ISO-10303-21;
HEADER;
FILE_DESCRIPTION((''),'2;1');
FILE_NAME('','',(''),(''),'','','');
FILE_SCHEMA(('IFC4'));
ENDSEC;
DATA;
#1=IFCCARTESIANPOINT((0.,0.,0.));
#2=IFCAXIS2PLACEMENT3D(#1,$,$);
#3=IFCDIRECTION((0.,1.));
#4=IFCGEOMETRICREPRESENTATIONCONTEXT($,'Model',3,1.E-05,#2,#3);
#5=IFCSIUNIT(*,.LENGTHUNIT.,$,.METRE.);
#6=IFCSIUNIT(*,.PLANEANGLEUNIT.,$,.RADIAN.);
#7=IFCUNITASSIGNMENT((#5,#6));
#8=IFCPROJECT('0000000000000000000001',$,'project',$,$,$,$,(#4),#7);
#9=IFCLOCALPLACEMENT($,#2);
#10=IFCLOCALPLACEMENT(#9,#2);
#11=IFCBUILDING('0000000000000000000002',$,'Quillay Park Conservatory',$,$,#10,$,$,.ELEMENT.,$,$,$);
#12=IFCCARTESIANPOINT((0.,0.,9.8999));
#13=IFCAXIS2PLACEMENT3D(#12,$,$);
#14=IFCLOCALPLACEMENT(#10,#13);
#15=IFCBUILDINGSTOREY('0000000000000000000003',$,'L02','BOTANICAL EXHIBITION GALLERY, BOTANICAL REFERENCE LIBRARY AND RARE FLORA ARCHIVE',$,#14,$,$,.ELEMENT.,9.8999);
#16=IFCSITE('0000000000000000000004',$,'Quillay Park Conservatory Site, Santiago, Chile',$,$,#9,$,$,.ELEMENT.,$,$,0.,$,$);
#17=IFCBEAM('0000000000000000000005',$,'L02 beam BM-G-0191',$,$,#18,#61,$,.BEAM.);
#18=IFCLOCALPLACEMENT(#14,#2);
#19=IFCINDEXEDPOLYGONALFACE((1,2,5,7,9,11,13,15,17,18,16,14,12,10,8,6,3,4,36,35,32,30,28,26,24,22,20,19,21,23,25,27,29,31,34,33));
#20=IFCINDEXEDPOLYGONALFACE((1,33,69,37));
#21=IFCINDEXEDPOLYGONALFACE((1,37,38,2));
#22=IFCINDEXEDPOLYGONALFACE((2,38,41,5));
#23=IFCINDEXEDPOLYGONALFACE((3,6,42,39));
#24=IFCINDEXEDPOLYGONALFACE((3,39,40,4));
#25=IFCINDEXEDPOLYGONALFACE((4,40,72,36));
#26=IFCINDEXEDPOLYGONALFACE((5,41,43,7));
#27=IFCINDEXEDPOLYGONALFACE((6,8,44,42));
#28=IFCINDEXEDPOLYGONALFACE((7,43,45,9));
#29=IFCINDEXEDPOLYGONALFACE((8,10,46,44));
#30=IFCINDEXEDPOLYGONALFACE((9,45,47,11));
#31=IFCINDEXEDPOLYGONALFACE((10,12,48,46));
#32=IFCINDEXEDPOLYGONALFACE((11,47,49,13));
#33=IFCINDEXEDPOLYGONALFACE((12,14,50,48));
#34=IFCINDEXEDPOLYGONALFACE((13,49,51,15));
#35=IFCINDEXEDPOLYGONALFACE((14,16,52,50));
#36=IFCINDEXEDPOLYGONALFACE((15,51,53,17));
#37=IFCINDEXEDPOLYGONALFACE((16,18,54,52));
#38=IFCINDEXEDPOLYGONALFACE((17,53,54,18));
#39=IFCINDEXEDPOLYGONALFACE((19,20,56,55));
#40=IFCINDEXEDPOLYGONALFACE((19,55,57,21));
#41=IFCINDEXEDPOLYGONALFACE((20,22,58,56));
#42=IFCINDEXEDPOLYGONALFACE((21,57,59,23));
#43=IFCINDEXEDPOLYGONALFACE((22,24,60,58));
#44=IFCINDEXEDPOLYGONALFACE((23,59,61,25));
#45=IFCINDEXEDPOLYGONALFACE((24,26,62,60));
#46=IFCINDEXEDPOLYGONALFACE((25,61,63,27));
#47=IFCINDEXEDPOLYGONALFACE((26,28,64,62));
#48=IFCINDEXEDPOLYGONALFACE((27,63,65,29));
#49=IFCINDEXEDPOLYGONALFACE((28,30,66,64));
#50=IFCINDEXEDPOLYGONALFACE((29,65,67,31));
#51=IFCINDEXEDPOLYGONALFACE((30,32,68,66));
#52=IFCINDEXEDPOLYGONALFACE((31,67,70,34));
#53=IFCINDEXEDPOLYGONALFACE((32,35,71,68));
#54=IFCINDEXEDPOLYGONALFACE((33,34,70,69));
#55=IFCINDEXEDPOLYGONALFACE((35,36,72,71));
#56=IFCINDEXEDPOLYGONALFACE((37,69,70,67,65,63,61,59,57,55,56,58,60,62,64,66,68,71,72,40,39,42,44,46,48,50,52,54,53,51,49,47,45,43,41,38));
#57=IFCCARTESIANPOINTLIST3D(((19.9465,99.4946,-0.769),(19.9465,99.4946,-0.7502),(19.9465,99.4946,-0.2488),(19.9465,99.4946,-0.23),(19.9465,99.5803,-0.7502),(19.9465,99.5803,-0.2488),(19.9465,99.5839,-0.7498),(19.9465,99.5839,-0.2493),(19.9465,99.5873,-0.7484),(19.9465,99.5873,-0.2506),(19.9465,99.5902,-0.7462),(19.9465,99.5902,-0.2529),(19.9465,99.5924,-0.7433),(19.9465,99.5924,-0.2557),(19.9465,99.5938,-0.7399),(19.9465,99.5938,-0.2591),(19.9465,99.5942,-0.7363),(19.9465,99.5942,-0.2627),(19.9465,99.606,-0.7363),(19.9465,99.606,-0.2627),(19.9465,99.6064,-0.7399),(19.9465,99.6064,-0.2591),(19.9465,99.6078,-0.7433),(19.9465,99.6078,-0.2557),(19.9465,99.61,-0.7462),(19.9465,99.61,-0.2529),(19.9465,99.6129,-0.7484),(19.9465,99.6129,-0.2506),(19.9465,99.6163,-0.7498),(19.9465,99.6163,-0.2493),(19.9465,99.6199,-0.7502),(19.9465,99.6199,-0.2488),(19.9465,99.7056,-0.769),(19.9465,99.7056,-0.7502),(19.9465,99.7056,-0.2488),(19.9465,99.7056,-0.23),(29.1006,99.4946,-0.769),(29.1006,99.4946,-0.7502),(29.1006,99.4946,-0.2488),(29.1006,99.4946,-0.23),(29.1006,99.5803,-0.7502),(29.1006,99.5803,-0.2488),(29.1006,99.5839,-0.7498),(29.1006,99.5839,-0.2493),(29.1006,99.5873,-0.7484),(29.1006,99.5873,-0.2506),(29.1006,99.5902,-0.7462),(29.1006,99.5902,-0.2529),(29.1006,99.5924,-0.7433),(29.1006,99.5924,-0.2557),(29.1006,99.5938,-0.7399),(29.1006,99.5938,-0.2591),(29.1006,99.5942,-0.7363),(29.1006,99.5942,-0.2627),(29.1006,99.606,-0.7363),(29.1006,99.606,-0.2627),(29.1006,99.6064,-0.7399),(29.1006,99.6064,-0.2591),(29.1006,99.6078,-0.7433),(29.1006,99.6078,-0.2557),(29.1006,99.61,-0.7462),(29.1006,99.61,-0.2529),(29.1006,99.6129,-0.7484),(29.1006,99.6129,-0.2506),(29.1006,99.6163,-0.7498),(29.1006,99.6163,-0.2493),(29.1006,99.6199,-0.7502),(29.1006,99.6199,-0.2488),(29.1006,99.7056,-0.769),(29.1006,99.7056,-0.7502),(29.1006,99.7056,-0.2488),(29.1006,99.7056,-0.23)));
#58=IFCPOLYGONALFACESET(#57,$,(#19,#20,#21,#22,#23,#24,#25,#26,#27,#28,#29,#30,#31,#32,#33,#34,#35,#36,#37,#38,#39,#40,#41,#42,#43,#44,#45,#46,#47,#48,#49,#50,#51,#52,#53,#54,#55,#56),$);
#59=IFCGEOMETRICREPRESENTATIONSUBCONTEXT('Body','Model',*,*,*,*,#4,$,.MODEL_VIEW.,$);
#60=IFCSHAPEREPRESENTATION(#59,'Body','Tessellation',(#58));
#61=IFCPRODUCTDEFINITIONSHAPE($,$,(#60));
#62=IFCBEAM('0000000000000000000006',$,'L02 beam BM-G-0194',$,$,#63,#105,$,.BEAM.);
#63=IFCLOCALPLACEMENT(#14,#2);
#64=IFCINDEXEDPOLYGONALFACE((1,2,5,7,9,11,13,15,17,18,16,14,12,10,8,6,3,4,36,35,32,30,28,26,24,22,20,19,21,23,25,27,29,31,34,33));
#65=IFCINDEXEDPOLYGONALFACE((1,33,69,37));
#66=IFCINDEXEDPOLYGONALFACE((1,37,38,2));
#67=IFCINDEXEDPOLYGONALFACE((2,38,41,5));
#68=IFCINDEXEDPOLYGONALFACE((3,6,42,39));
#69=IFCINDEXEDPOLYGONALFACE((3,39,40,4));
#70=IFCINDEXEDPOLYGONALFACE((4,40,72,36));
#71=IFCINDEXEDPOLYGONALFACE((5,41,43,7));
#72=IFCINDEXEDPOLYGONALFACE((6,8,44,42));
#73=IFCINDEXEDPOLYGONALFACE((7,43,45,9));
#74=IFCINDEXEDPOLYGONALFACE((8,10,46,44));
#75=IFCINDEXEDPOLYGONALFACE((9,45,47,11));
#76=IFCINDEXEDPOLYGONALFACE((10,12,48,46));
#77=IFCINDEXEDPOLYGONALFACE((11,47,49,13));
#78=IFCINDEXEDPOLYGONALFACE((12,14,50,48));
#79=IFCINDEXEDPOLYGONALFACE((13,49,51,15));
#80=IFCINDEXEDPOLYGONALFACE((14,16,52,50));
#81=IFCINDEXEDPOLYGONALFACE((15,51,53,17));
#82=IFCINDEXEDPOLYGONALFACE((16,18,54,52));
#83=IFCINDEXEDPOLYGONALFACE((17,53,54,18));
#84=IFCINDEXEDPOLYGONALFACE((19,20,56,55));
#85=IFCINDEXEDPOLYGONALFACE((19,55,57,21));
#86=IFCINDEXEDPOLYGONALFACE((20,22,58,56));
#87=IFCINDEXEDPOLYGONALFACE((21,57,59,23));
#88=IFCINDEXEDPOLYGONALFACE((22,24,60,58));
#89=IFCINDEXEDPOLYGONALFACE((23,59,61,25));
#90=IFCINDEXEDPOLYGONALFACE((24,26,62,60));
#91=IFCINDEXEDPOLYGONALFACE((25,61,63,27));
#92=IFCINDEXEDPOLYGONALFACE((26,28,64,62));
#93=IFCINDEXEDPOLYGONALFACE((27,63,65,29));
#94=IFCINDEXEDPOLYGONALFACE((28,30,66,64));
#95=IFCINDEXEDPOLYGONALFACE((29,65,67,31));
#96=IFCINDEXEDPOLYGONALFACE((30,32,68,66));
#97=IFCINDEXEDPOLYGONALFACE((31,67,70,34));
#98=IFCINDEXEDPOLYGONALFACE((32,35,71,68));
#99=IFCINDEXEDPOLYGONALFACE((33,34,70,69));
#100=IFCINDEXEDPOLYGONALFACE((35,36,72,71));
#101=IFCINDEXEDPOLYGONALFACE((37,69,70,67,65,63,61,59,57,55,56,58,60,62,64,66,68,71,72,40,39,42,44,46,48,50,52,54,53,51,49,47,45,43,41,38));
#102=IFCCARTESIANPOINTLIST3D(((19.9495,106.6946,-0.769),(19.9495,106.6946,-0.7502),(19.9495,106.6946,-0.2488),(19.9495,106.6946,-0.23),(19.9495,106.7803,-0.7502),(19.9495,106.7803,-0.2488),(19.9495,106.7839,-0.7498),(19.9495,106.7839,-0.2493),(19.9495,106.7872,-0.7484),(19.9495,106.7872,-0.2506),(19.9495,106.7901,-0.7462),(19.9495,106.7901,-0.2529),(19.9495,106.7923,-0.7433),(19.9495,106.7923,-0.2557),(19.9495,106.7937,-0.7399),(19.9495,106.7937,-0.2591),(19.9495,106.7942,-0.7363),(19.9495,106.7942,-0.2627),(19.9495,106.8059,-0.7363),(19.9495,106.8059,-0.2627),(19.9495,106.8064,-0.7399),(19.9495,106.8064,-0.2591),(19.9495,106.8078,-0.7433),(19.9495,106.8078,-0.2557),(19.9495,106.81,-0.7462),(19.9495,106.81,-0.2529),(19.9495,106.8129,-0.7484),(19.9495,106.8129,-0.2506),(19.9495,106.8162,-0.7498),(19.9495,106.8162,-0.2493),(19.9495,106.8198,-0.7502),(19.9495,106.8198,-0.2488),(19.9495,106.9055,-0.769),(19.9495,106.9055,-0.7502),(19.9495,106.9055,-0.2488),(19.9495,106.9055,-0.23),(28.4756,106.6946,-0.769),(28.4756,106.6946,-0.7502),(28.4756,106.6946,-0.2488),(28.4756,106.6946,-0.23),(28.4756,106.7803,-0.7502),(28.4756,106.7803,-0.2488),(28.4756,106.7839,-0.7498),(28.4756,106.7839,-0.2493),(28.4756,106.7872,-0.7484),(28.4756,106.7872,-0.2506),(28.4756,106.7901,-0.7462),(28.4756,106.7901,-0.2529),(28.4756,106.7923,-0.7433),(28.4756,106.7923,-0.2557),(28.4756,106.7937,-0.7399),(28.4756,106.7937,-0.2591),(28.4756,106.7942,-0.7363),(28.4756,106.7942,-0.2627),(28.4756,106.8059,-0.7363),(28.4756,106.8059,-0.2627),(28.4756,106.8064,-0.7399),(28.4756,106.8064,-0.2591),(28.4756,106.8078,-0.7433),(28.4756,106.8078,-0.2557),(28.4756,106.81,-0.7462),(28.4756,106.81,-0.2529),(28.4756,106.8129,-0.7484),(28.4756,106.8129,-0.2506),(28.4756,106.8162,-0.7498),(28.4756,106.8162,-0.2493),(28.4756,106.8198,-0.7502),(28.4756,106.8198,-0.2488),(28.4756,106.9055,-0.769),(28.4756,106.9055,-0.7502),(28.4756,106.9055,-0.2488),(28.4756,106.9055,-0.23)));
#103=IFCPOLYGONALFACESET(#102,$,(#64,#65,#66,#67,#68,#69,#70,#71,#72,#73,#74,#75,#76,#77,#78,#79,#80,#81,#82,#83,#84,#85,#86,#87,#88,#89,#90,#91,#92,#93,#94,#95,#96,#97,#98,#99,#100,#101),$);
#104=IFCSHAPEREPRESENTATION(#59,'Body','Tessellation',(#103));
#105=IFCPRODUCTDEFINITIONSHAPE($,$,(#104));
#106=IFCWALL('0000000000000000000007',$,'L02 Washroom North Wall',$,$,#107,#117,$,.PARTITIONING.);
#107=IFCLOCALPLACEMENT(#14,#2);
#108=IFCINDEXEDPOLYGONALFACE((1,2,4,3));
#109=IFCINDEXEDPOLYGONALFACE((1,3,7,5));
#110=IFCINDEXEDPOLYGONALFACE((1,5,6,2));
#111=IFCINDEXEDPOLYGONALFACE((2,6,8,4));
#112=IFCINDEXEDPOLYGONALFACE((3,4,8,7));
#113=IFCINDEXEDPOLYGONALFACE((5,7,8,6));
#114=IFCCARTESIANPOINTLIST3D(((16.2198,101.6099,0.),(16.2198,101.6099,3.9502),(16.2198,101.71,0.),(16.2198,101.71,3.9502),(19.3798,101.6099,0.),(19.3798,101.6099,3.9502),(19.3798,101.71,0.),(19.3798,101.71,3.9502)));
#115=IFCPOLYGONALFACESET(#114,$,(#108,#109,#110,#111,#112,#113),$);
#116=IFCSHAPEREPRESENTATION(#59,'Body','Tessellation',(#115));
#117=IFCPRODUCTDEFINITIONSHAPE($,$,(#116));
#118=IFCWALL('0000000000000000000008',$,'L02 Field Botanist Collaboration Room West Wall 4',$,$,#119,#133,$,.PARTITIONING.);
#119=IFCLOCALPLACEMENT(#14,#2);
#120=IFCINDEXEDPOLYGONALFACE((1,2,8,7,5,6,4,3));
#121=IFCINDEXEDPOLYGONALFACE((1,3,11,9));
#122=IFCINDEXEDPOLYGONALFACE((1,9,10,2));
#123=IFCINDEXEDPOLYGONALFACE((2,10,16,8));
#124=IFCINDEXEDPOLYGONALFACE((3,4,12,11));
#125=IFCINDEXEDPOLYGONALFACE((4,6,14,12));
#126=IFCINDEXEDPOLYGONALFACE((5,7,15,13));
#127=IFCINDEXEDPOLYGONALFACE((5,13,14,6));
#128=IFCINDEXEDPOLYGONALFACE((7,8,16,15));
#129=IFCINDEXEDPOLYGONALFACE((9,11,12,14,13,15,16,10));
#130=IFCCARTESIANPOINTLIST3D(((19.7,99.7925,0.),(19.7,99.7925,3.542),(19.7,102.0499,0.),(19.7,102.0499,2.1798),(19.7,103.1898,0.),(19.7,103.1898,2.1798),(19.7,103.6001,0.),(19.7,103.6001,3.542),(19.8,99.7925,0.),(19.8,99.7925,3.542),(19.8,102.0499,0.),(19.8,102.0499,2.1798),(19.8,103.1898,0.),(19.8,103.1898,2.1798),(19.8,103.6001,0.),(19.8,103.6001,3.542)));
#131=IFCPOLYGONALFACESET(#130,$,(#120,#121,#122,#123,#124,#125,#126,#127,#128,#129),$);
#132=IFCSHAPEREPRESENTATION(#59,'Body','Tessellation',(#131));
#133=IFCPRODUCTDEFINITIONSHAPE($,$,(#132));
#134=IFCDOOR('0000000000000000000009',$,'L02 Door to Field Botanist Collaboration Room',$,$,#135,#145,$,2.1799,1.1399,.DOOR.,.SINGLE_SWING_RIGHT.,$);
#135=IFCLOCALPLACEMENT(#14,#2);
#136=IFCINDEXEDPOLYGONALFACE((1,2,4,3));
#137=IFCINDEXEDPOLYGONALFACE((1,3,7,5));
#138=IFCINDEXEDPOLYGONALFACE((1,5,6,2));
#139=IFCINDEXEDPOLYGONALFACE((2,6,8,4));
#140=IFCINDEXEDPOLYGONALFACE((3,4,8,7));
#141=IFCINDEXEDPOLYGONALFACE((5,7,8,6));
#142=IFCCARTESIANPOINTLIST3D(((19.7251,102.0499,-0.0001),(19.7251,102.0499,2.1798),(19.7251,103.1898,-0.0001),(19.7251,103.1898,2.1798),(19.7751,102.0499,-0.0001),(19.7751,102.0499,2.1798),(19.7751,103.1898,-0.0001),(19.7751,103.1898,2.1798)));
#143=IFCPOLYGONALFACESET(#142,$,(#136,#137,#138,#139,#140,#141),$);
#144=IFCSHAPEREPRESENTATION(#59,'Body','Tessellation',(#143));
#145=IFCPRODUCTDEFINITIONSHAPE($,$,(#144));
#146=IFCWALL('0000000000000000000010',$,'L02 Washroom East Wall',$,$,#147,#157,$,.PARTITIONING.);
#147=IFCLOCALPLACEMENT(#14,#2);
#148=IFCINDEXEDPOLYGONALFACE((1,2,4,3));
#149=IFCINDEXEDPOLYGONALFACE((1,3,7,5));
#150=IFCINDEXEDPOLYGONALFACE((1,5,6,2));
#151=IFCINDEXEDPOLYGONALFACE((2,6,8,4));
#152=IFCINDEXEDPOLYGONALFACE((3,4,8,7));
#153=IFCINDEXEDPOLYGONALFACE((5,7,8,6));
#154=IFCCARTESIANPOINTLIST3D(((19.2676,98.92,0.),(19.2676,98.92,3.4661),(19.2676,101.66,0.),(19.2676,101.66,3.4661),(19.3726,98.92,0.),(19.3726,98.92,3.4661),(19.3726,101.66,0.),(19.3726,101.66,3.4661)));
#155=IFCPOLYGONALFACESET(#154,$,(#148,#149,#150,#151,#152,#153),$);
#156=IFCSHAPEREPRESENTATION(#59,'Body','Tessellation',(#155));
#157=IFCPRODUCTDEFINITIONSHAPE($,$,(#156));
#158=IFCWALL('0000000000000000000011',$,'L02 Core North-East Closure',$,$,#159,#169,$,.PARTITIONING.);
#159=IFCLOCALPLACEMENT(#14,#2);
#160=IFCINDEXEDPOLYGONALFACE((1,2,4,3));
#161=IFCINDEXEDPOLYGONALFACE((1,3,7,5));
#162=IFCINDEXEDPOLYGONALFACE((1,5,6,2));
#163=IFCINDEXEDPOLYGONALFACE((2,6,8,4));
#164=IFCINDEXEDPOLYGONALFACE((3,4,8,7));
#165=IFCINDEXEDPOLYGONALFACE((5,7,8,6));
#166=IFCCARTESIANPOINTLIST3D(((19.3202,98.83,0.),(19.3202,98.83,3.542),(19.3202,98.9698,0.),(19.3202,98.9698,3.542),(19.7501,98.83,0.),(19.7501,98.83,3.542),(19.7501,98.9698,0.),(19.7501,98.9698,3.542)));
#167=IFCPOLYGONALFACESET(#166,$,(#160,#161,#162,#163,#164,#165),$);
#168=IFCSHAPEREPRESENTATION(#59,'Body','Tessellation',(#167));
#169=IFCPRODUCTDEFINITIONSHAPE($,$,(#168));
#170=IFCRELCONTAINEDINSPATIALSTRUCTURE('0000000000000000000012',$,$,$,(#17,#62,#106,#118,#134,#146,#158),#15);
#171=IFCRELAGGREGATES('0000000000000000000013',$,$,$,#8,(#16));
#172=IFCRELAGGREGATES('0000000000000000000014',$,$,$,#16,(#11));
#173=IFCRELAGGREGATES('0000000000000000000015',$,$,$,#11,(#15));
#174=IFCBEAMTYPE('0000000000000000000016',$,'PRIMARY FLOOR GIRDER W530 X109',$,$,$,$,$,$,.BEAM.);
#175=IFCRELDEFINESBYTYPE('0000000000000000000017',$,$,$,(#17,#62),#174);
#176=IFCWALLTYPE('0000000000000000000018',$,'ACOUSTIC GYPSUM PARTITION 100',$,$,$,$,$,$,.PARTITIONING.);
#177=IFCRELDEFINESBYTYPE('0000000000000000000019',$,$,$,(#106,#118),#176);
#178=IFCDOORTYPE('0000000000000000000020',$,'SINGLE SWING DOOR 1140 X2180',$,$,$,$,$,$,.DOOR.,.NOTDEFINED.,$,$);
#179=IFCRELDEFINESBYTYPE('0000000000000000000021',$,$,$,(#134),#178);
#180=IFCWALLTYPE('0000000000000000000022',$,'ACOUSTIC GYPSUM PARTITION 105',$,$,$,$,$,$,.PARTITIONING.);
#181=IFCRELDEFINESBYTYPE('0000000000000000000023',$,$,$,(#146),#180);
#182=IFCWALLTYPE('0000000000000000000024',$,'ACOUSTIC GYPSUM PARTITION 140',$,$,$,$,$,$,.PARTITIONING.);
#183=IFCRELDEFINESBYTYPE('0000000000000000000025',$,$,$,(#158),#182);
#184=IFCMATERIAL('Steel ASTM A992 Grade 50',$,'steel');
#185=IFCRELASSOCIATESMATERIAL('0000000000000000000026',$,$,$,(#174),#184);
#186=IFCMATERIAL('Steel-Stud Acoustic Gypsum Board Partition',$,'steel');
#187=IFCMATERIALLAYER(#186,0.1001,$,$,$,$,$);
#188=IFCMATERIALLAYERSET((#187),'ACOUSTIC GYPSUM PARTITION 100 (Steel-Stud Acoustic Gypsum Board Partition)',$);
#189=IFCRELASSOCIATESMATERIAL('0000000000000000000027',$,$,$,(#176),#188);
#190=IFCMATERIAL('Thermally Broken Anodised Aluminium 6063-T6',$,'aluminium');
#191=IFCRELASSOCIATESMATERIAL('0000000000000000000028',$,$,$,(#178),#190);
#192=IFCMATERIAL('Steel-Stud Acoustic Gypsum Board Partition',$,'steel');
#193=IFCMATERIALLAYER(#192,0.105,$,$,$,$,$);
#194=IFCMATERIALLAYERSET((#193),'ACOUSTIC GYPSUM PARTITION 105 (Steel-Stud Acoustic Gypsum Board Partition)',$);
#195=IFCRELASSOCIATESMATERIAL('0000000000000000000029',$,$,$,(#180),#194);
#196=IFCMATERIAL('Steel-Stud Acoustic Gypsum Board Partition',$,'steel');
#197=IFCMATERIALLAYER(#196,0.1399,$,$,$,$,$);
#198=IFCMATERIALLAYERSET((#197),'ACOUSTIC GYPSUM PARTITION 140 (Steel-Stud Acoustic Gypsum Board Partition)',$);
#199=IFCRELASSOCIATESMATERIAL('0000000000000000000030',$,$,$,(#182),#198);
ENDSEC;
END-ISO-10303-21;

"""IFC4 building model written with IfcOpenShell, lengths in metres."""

from ifc_helpers import new_model, si_unit, direction, frame, frame_2d, origin, origin_2d, place, context, subcontext, project, spatial, rectangle, i_section, extrude, material, layer, layer_set, material_profile, profile_set, type_object, element, fill, save


model = new_model("IFC4")

# Units and contexts
model_context = context("Model", 3, precision=1e-05, world=origin(), true_north=direction((0.0, 1.0)))
body_context = subcontext(model_context, "Body", "Model", "MODEL_VIEW")
ifc_project = project(units=[si_unit("LENGTHUNIT", "METRE"), si_unit("PLANEANGLEUNIT", "RADIAN")], contexts=[model_context])

# Site, building, storey
site_placement = place(None, origin())
site = spatial("IfcSite", under=ifc_project, at=site_placement, Name="Quillay Park Conservatory Site, Santiago, Chile", CompositionType="ELEMENT", RefElevation=0.0)
building_placement = place(site_placement, origin())
building = spatial("IfcBuilding", under=site, at=building_placement, Name="Quillay Park Conservatory", CompositionType="ELEMENT")
storey_placement = place(building_placement, frame((0.0, 0.0, 9.8999)))
storey = spatial("IfcBuildingStorey", under=building, at=storey_placement, Name="L02", Description="BOTANICAL EXHIBITION GALLERY, BOTANICAL REFERENCE LIBRARY AND RARE FLORA ARCHIVE", CompositionType="ELEMENT", Elevation=9.8999)

# Beams
ifc_material_1 = material(Name="Steel ASTM A992 Grade 50", Category="steel")
ifc_material_profile_1 = material_profile(ifc_material_1, i_section(OverallWidth=0.2109, OverallDepth=0.5391, WebThickness=0.0117, FlangeThickness=0.0188, FilletRadius=0.0139, at=origin_2d()), Name="W530x109")
ifc_profile_set_1 = profile_set([ifc_material_profile_1], Name="Steel ASTM A992 Grade 50")
beam_type_1 = type_object("IfcBeamType", Name="PRIMARY FLOOR GIRDER W530 X109", PredefinedType="BEAM", material=ifc_profile_set_1)
beam_1_placement = place(storey_placement, frame((19.9465, 99.6001, -0.4995), z_axis=(1.0, 0.0, 0.0), x_axis=(0.0, 1.0, 0.0)))
element("IfcBeam", 1, at=beam_1_placement, inside=storey, type_object=beam_type_1, Name="L02 beam BM-G-0191", PredefinedType="BEAM", context=body_context, shape_type="SweptSolid", body=[
    extrude(i_section(OverallWidth=0.2109, OverallDepth=0.5391, WebThickness=0.0117, FlangeThickness=0.0188, FilletRadius=0.0139, at=origin_2d()), origin(), (0.0, 0.0, 1.0), 9.1541),
])
beam_2_placement = place(storey_placement, frame((19.9495, 106.8, -0.4995), z_axis=(1.0, 0.0, 0.0), x_axis=(0.0, 1.0, 0.0)))
element("IfcBeam", 2, at=beam_2_placement, inside=storey, type_object=beam_type_1, Name="L02 beam BM-G-0194", PredefinedType="BEAM", context=body_context, shape_type="SweptSolid", body=[
    extrude(i_section(OverallWidth=0.2109, OverallDepth=0.5391, WebThickness=0.0117, FlangeThickness=0.0188, FilletRadius=0.0139, at=origin_2d()), origin(), (0.0, 0.0, 1.0), 8.5261),
])

# Wall
ifc_material_2 = material(Name="Steel-Stud Acoustic Gypsum Board Partition", Category="steel")
ifc_layer_1 = layer(ifc_material_2, 0.1001)
ifc_layer_set_1 = layer_set([ifc_layer_1], Name="ACOUSTIC GYPSUM PARTITION 100 (Steel-Stud Acoustic Gypsum Board Partition)")
wall_type_1 = type_object("IfcWallType", Name="ACOUSTIC GYPSUM PARTITION 100", PredefinedType="PARTITIONING", material=ifc_layer_set_1)
wall_1_placement = place(storey_placement, frame((19.3799, 101.6599, 0.0), z_axis=(0.0, 0.0, 1.0), x_axis=(-1.0, 0.0, 0.0)))
element("IfcWall", 3, at=wall_1_placement, inside=storey, type_object=wall_type_1, Name="L02 Washroom North Wall", PredefinedType="PARTITIONING", context=body_context, shape_type="SweptSolid", body=[
    extrude(rectangle(XDim=3.1599, YDim=0.1001, at=frame_2d((1.5801, 0.0))), origin(), (0.0, 0.0, 1.0), 3.9502),
])

# Wall, opening, door
wall_2_placement = place(storey_placement, frame((19.75, 99.7925, 0.0), z_axis=(0.0, 0.0, 1.0), x_axis=(0.0, 1.0, 0.0)))
wall_2 = element("IfcWall", 4, at=wall_2_placement, inside=storey, type_object=wall_type_1, Name="L02 Field Botanist Collaboration Room West Wall 4", PredefinedType="PARTITIONING", context=body_context, shape_type="SweptSolid", body=[
    extrude(rectangle(XDim=3.8076, YDim=0.1001, at=frame_2d((1.9038, 0.0))), origin(), (0.0, 0.0, 1.0), 3.542),
])
opening_1_placement = place(wall_2_placement, frame((2.2576, 0.0, 0.0)))
opening_1 = element("IfcOpeningElement", 5, at=opening_1_placement, cuts=wall_2, PredefinedType="OPENING", context=body_context, shape_type="SweptSolid", body=[
    extrude(rectangle(XDim=1.1399, YDim=2.1799, at=frame_2d((0.5698, 1.0898))), frame((0.0, 0.05, 0.0), z_axis=(0.0, -1.0, 0.0), x_axis=(1.0, 0.0, 0.0)), (0.0, 0.0, 1.0), 0.1001),
])
ifc_material_3 = material(Name="Thermally Broken Anodised Aluminium 6063-T6", Category="aluminium")
door_type_1 = type_object("IfcDoorType", Name="SINGLE SWING DOOR 1140 X2180", OperationType="NOTDEFINED", PredefinedType="DOOR", material=ifc_material_3)
door_1_placement = place(opening_1_placement, origin())
door_1 = element("IfcDoor", 6, at=door_1_placement, inside=storey, type_object=door_type_1, Name="L02 Door to Field Botanist Collaboration Room", OperationType="SINGLE_SWING_RIGHT", OverallHeight=2.1799, OverallWidth=1.1399, PredefinedType="DOOR", context=body_context, shape_type="SweptSolid", body=[
    extrude(rectangle(XDim=1.1399, YDim=2.1799, at=frame_2d((0.5698, 1.0898))), frame((0.0, 0.0249, 0.0), z_axis=(0.0, -1.0, 0.0), x_axis=(1.0, 0.0, 0.0)), (0.0, 0.0, 1.0), 0.05),
])
fill(opening_1, door_1)

# Wall
ifc_material_4 = material(Name="Steel-Stud Acoustic Gypsum Board Partition", Category="steel")
ifc_layer_2 = layer(ifc_material_4, 0.105)
ifc_layer_set_2 = layer_set([ifc_layer_2], Name="ACOUSTIC GYPSUM PARTITION 105 (Steel-Stud Acoustic Gypsum Board Partition)")
wall_type_2 = type_object("IfcWallType", Name="ACOUSTIC GYPSUM PARTITION 105", PredefinedType="PARTITIONING", material=ifc_layer_set_2)
wall_3_placement = place(storey_placement, frame((19.3201, 98.9199, 0.0), z_axis=(0.0, 0.0, 1.0), x_axis=(0.0, 1.0, 0.0)))
element("IfcWall", 7, at=wall_3_placement, inside=storey, type_object=wall_type_2, Name="L02 Washroom East Wall", PredefinedType="PARTITIONING", context=body_context, shape_type="SweptSolid", body=[
    extrude(rectangle(XDim=2.74, YDim=0.105, at=frame_2d((1.3701, 0.0))), origin(), (0.0, 0.0, 1.0), 3.4661),
])

# Wall
ifc_material_5 = material(Name="Steel-Stud Acoustic Gypsum Board Partition", Category="steel")
ifc_layer_3 = layer(ifc_material_5, 0.1399)
ifc_layer_set_3 = layer_set([ifc_layer_3], Name="ACOUSTIC GYPSUM PARTITION 140 (Steel-Stud Acoustic Gypsum Board Partition)")
wall_type_3 = type_object("IfcWallType", Name="ACOUSTIC GYPSUM PARTITION 140", PredefinedType="PARTITIONING", material=ifc_layer_set_3)
wall_4_placement = place(storey_placement, frame((19.75, 98.8999, 0.0), z_axis=(0.0, 0.0, 1.0), x_axis=(-1.0, 0.0, 0.0)))
element("IfcWall", 8, at=wall_4_placement, inside=storey, type_object=wall_type_3, Name="L02 Core North-East Closure", PredefinedType="PARTITIONING", context=body_context, shape_type="SweptSolid", body=[
    extrude(rectangle(XDim=0.4299, YDim=0.1399, at=frame_2d((0.2148, 0.0))), origin(), (0.0, 0.0, 1.0), 3.542),
])

save(model, "model.ifc")
